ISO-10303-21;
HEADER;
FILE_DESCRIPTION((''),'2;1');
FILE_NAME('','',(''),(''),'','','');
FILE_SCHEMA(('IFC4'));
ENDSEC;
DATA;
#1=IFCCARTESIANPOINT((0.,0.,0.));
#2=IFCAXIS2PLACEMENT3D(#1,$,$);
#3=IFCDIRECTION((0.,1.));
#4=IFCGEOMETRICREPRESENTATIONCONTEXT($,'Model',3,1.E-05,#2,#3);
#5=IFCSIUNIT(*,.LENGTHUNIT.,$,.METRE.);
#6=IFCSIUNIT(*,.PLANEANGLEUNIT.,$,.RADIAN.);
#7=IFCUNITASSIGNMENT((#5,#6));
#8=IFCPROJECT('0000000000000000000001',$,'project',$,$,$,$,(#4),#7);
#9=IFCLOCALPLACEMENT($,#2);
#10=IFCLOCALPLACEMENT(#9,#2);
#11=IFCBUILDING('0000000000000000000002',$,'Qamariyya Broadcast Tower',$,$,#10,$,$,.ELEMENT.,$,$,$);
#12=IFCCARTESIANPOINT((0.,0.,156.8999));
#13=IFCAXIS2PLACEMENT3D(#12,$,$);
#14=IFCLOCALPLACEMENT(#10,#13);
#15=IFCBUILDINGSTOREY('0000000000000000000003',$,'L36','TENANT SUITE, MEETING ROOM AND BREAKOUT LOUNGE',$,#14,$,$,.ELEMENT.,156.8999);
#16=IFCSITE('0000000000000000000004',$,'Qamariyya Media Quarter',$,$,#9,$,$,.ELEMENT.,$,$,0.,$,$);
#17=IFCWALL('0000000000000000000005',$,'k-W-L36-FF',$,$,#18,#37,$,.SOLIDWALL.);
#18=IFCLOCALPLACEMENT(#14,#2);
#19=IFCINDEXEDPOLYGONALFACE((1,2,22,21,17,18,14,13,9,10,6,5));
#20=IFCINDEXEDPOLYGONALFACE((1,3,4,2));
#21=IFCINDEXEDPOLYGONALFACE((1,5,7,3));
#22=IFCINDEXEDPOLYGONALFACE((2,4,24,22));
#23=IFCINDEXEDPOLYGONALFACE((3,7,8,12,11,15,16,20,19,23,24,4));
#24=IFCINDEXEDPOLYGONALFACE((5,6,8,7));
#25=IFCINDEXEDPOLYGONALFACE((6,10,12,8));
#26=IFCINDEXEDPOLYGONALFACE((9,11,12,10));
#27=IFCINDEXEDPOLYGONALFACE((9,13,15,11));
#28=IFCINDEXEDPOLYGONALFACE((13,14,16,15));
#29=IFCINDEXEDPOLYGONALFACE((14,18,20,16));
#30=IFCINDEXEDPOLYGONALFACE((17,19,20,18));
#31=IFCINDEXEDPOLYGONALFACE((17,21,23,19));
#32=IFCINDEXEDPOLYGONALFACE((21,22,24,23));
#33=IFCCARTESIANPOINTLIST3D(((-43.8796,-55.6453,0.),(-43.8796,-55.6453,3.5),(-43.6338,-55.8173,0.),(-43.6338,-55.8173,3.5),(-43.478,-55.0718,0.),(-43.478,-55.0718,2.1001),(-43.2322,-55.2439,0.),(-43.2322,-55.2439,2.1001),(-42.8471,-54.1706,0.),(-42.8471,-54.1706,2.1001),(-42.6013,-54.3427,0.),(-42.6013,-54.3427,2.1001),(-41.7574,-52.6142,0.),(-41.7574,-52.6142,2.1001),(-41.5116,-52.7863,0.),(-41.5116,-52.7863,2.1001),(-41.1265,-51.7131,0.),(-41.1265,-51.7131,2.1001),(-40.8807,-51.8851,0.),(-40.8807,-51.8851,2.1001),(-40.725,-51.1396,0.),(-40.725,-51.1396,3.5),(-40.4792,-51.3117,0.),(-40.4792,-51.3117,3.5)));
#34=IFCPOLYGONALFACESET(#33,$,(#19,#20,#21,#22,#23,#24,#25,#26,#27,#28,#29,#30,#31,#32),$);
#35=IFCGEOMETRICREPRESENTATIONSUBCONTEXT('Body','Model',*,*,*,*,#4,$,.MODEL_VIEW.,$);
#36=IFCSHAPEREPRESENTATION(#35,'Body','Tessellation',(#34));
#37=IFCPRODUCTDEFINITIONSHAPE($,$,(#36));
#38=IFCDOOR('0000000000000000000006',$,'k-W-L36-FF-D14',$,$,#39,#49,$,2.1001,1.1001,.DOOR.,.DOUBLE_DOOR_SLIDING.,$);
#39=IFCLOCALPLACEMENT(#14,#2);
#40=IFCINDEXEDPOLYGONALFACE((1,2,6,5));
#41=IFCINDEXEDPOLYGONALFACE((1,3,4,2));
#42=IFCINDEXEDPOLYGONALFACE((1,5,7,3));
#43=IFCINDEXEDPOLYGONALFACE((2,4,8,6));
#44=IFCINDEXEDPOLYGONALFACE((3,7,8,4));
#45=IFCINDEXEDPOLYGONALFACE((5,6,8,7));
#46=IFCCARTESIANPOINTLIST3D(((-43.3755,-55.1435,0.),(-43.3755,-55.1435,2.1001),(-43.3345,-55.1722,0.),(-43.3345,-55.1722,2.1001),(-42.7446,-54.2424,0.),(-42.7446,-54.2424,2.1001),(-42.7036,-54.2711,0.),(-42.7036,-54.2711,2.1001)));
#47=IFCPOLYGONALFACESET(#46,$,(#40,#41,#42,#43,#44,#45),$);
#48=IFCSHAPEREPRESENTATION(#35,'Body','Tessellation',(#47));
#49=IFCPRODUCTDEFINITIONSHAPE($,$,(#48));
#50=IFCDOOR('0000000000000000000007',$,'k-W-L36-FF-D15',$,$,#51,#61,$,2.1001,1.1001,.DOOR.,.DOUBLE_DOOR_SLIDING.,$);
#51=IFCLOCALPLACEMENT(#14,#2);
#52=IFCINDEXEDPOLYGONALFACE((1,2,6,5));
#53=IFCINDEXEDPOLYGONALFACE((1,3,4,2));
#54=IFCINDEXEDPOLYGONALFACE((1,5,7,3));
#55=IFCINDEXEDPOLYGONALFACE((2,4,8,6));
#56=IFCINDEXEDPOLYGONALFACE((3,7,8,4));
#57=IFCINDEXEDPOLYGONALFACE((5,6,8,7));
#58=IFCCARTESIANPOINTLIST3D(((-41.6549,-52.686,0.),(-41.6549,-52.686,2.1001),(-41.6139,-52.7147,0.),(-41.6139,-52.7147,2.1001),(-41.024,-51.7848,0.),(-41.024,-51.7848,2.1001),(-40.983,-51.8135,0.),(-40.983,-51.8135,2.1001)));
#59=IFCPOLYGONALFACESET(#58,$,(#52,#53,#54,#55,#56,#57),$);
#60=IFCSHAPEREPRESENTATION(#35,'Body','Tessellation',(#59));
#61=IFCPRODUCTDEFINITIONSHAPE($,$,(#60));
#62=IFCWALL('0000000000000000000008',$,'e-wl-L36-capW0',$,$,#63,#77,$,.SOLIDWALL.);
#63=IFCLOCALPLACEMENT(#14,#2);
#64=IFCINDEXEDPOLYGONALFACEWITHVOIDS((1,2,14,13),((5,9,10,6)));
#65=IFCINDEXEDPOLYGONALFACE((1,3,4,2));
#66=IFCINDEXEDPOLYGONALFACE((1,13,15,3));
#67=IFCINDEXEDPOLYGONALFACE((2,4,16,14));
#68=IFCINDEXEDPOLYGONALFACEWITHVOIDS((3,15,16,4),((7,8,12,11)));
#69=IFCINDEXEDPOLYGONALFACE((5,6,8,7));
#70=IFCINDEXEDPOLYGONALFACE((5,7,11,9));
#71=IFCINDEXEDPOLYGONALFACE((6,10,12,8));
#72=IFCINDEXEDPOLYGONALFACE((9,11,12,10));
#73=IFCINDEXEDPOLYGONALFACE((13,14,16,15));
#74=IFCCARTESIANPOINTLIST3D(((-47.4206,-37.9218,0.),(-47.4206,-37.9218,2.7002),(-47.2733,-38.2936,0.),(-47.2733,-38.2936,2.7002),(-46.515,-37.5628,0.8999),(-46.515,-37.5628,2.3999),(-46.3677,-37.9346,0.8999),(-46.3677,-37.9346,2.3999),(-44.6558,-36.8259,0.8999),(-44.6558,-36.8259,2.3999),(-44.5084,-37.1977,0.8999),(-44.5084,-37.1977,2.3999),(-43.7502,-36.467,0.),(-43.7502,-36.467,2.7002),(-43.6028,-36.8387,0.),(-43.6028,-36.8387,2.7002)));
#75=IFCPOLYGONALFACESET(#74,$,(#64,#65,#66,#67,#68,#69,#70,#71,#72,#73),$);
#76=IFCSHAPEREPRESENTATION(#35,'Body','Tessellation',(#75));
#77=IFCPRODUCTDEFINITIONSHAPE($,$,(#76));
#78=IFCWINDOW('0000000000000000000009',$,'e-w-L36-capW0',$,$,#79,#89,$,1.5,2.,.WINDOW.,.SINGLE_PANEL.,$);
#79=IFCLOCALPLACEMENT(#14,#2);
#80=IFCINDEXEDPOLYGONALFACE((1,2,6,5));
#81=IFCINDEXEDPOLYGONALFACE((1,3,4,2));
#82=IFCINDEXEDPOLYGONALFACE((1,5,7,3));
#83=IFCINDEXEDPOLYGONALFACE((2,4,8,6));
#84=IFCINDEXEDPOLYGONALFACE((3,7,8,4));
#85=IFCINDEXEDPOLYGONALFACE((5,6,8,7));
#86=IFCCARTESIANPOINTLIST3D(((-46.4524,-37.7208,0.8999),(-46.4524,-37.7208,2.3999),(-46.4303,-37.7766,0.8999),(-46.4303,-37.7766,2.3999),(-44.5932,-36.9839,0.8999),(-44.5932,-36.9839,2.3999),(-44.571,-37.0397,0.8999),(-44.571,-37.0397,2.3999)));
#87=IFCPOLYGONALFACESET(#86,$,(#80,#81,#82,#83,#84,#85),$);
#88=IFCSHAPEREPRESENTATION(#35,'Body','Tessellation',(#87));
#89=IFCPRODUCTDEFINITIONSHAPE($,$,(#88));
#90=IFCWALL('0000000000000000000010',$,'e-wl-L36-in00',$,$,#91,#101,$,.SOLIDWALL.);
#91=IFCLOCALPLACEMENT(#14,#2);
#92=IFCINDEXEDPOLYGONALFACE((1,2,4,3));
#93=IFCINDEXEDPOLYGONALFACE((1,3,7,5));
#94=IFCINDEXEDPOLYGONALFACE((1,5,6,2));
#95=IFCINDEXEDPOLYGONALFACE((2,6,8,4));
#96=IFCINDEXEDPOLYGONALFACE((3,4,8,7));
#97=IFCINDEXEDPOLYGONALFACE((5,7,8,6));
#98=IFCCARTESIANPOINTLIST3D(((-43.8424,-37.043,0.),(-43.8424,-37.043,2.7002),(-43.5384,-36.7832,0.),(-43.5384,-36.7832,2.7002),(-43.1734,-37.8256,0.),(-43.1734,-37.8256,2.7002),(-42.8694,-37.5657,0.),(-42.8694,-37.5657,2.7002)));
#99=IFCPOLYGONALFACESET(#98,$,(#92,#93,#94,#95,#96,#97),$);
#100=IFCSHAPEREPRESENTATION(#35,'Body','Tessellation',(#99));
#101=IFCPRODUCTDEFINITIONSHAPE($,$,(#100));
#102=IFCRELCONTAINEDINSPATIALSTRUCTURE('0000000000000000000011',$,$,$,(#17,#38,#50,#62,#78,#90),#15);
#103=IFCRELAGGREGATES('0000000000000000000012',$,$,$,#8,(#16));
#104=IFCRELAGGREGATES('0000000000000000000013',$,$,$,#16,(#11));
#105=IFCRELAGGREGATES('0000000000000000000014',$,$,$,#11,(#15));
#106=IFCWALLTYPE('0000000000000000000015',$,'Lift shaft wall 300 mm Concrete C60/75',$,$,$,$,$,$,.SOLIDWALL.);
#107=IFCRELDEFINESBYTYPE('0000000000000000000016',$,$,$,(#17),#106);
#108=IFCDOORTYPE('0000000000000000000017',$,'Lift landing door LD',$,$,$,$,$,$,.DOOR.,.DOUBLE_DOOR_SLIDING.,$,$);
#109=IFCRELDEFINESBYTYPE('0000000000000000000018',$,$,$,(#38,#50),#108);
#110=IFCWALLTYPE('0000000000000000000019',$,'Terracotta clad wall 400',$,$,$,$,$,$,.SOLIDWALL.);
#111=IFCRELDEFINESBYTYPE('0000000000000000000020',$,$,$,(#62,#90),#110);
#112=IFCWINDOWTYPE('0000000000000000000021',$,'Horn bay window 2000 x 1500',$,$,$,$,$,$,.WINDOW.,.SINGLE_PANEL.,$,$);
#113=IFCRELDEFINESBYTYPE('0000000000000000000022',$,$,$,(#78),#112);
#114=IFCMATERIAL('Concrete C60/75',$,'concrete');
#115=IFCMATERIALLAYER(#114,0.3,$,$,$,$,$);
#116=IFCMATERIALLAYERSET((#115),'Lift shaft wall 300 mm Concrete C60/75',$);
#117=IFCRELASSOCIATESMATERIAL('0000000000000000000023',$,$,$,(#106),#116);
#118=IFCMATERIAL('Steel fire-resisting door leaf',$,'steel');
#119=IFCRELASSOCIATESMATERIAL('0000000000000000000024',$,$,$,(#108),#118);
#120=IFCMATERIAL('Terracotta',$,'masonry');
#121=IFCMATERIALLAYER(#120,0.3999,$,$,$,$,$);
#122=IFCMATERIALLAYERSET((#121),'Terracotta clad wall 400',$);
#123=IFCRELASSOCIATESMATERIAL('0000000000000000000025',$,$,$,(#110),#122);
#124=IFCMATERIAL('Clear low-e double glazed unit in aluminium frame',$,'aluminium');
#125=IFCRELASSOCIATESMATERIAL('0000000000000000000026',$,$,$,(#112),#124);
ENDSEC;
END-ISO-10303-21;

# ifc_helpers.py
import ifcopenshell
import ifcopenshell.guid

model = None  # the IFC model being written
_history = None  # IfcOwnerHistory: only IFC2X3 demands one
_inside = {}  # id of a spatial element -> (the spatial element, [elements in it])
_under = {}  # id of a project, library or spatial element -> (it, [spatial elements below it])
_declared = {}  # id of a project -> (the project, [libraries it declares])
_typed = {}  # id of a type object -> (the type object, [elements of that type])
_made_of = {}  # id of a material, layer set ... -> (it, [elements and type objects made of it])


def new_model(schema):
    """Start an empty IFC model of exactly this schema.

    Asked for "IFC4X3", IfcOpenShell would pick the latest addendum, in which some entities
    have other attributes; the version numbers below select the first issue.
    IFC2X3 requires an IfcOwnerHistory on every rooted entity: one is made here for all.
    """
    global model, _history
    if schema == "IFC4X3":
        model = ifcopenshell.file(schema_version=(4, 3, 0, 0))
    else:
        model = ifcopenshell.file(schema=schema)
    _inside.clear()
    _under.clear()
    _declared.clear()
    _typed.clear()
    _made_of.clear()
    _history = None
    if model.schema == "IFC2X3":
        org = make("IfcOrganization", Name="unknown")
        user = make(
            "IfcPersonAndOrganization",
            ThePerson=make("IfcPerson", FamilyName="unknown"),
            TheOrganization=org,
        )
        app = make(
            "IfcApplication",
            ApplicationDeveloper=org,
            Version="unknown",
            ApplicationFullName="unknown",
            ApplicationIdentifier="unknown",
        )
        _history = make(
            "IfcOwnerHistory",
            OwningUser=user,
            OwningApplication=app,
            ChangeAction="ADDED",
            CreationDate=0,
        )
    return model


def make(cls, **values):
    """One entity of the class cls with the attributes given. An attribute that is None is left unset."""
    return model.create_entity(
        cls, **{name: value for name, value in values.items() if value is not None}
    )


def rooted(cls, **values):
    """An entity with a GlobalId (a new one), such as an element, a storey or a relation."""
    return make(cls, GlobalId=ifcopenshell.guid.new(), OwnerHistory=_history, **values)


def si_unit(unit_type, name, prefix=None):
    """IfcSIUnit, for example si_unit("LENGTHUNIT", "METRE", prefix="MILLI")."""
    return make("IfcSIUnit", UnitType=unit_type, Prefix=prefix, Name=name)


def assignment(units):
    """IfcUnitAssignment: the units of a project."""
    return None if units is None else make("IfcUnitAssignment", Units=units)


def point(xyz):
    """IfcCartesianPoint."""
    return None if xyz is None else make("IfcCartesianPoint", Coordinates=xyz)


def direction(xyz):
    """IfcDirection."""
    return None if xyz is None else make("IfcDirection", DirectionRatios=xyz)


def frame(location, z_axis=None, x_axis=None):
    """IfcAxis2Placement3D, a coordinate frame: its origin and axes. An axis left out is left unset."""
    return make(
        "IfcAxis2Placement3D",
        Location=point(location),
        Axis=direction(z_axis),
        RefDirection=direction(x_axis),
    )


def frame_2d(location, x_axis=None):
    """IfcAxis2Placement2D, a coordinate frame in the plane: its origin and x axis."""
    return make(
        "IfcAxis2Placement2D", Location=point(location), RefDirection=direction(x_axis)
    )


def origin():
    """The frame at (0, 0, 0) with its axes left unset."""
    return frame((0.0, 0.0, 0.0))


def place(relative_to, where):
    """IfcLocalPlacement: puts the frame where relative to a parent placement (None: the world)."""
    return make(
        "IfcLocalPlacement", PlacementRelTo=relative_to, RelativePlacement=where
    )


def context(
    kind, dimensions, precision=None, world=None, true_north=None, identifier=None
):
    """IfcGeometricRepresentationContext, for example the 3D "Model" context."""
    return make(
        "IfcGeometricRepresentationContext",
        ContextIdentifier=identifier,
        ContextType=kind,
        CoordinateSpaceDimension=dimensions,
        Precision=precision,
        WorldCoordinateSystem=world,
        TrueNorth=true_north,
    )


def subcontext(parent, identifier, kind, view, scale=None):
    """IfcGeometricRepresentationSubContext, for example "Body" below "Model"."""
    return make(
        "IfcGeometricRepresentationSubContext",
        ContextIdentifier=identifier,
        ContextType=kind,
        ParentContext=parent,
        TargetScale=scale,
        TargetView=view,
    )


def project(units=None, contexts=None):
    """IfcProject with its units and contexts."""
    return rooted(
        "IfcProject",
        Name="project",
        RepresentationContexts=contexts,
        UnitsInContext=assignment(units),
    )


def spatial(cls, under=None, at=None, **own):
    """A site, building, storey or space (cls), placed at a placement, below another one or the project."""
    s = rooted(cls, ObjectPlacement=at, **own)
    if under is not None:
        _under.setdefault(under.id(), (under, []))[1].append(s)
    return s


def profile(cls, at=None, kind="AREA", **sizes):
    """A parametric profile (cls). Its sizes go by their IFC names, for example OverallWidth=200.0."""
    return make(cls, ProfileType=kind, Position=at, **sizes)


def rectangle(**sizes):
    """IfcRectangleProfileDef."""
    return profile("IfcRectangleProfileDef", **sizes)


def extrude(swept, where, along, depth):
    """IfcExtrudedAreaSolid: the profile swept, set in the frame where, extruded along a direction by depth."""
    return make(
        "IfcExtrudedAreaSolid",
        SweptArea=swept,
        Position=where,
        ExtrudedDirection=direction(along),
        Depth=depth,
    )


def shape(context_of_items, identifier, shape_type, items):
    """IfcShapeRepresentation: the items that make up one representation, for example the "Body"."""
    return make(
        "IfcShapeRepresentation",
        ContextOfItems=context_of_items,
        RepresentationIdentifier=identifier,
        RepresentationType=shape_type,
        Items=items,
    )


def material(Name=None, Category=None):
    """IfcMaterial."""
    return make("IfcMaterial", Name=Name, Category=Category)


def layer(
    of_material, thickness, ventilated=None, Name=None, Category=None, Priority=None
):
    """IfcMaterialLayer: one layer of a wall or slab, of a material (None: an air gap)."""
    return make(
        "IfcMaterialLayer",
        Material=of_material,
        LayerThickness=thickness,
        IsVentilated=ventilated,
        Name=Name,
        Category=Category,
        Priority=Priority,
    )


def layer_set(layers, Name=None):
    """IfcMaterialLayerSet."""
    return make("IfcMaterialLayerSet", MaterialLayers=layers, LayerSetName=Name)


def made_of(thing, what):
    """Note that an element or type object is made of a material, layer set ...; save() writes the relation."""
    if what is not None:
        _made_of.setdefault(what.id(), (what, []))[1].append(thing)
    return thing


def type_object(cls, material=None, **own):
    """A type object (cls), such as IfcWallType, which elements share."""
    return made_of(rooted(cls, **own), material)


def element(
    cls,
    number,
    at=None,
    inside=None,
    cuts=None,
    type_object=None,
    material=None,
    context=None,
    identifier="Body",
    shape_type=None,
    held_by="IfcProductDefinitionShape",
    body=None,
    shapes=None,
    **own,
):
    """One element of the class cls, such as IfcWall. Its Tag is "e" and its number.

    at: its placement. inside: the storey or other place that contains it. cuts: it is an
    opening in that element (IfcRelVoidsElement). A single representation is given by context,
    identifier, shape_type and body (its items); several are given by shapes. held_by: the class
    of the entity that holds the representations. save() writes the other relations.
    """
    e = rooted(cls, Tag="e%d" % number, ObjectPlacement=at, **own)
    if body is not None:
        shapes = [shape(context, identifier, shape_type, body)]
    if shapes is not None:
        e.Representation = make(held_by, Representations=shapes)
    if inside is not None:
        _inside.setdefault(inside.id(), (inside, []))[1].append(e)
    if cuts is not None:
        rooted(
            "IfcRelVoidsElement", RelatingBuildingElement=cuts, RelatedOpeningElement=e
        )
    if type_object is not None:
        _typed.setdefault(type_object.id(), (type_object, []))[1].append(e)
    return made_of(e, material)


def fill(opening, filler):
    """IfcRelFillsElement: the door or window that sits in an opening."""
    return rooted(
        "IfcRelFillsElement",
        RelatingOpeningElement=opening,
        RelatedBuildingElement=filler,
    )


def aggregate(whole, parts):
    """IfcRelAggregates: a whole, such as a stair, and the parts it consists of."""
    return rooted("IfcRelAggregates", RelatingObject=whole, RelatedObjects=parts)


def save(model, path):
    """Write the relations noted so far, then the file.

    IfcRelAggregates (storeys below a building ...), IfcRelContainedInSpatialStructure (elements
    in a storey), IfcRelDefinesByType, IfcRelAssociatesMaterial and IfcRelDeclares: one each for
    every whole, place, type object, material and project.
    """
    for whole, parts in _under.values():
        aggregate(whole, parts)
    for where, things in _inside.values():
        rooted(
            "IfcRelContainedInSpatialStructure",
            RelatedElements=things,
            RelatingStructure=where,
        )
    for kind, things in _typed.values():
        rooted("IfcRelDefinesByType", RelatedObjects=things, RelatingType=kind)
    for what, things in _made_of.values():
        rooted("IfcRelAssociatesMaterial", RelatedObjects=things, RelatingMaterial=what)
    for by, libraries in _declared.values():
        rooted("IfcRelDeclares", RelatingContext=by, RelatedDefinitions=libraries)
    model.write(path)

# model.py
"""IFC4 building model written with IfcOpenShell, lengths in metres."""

from ifc_helpers import new_model, si_unit, direction, frame, frame_2d, origin, place, context, subcontext, project, spatial, rectangle, extrude, material, layer, layer_set, type_object, element, fill, save


model = new_model("IFC4")

# Units and contexts
model_context = context("Model", 3, precision=1e-05, world=origin(), true_north=direction((0.0, 1.0)))
body_context = subcontext(model_context, "Body", "Model", "MODEL_VIEW")
ifc_project = project(units=[si_unit("LENGTHUNIT", "METRE"), si_unit("PLANEANGLEUNIT", "RADIAN")], contexts=[model_context])

# Site, building, storey
site_placement = place(None, origin())
site = spatial("IfcSite", under=ifc_project, at=site_placement, Name="Qamariyya Media Quarter", CompositionType="ELEMENT", RefElevation=0.0)
building_placement = place(site_placement, origin())
building = spatial("IfcBuilding", under=site, at=building_placement, Name="Qamariyya Broadcast Tower", CompositionType="ELEMENT")
storey_placement = place(building_placement, frame((0.0, 0.0, 156.8999)))
storey = spatial("IfcBuildingStorey", under=building, at=storey_placement, Name="L36", Description="TENANT SUITE, MEETING ROOM AND BREAKOUT LOUNGE", CompositionType="ELEMENT", Elevation=156.8999)

# Shared definitions
ifc_material_1 = material(Name="Concrete C60/75", Category="concrete")

# Shared definitions
ifc_layer_1 = layer(ifc_material_1, 0.3)
ifc_layer_set_1 = layer_set([ifc_layer_1], Name="Lift shaft wall 300 mm Concrete C60/75")
wall_type_1 = type_object("IfcWallType", Name="Lift shaft wall 300 mm Concrete C60/75", PredefinedType="SOLIDWALL", material=ifc_layer_set_1)
ifc_material_2 = material(Name="Steel fire-resisting door leaf", Category="steel")

# Wall, openings, doors
wall_1_placement = place(storey_placement, frame((-43.7566, -55.7312, 0.0), z_axis=(0.0, 0.0, 1.0), x_axis=(0.573537, 0.81918, 0.0)))
wall_1 = element("IfcWall", 1, at=wall_1_placement, inside=storey, type_object=wall_type_1, Name="k-W-L36-FF", PredefinedType="SOLIDWALL", context=body_context, shape_type="SweptSolid", body=[
    extrude(rectangle(XDim=5.5002, YDim=0.3, at=frame_2d((2.75, 0.0))), origin(), (0.0, 0.0, 1.0), 3.5),
])
opening_1_placement = place(wall_1_placement, frame((0.7, 0.0, 0.0)))
opening_1 = element("IfcOpeningElement", 2, at=opening_1_placement, cuts=wall_1, PredefinedType="OPENING", context=body_context, shape_type="SweptSolid", body=[
    extrude(rectangle(XDim=1.1001, YDim=2.1001, at=frame_2d((0.55, 1.05))), frame((0.0, 0.1599, 0.0), z_axis=(0.0, -1.0, 0.0), x_axis=(1.0, 0.0, 0.0)), (0.0, 0.0, 1.0), 0.3201),
])
opening_2_placement = place(wall_1_placement, frame((3.7, 0.0, 0.0)))
opening_2 = element("IfcOpeningElement", 3, at=opening_2_placement, cuts=wall_1, PredefinedType="OPENING", context=body_context, shape_type="SweptSolid", body=[
    extrude(rectangle(XDim=1.1001, YDim=2.1001, at=frame_2d((0.55, 1.05))), frame((0.0, 0.1599, 0.0), z_axis=(0.0, -1.0, 0.0), x_axis=(1.0, 0.0, 0.0)), (0.0, 0.0, 1.0), 0.3201),
])
door_type_1 = type_object("IfcDoorType", Name="Lift landing door LD", OperationType="DOUBLE_DOOR_SLIDING", PredefinedType="DOOR", material=ifc_material_2)
door_1_placement = place(opening_1_placement, origin())
door_1 = element("IfcDoor", 4, at=door_1_placement, inside=storey, type_object=door_type_1, Name="k-W-L36-FF-D14", OperationType="DOUBLE_DOOR_SLIDING", OverallHeight=2.1001, OverallWidth=1.1001, PredefinedType="DOOR", context=body_context, shape_type="SweptSolid", body=[
    extrude(rectangle(XDim=1.1001, YDim=2.1001, at=frame_2d((0.55, 1.05))), frame((0.0, 0.0249, 0.0), z_axis=(0.0, -1.0, 0.0), x_axis=(1.0, 0.0, 0.0)), (0.0, 0.0, 1.0), 0.05),
])
fill(opening_1, door_1)
door_2_placement = place(opening_2_placement, origin())
door_2 = element("IfcDoor", 5, at=door_2_placement, inside=storey, type_object=door_type_1, Name="k-W-L36-FF-D15", OperationType="DOUBLE_DOOR_SLIDING", OverallHeight=2.1001, OverallWidth=1.1001, PredefinedType="DOOR", context=body_context, shape_type="SweptSolid", body=[
    extrude(rectangle(XDim=1.1001, YDim=2.1001, at=frame_2d((0.55, 1.05))), frame((0.0, 0.0249, 0.0), z_axis=(0.0, -1.0, 0.0), x_axis=(1.0, 0.0, 0.0)), (0.0, 0.0, 1.0), 0.05),
])
fill(opening_2, door_2)

# Wall, opening, window
ifc_material_3 = material(Name="Terracotta", Category="masonry")
ifc_layer_2 = layer(ifc_material_3, 0.3999)
ifc_layer_set_2 = layer_set([ifc_layer_2], Name="Terracotta clad wall 400")
wall_type_2 = type_object("IfcWallType", Name="Terracotta clad wall 400", PredefinedType="SOLIDWALL", material=ifc_layer_set_2)
wall_2_placement = place(storey_placement, frame((-43.6765, -36.6528, 0.0), z_axis=(0.0, 0.0, 1.0), x_axis=(-0.929636, -0.368478, 0.0)))
wall_2 = element("IfcWall", 6, at=wall_2_placement, inside=storey, type_object=wall_type_2, Name="e-wl-L36-capW0", PredefinedType="SOLIDWALL", context=body_context, shape_type="SweptSolid", body=[
    extrude(rectangle(XDim=3.9482, YDim=0.3999, at=frame_2d((1.9741, 0.0))), origin(), (0.0, 0.0, 1.0), 2.7002),
])
opening_3_placement = place(wall_2_placement, frame((0.9741, 0.0, 0.8999)))
opening_3 = element("IfcOpeningElement", 7, at=opening_3_placement, cuts=wall_2, PredefinedType="OPENING", context=body_context, shape_type="SweptSolid", body=[
    extrude(rectangle(XDim=2.0, YDim=1.5, at=frame_2d((1.0, 0.75))), frame((0.0, 0.21, 0.0), z_axis=(0.0, -1.0, 0.0), x_axis=(1.0, 0.0, 0.0)), (0.0, 0.0, 1.0), 0.4199),
])
ifc_material_4 = material(Name="Clear low-e double glazed unit in aluminium frame", Category="aluminium")
window_type = type_object("IfcWindowType", Name="Horn bay window 2000 x 1500", PartitioningType="SINGLE_PANEL", PredefinedType="WINDOW", material=ifc_material_4)
window_placement = place(opening_3_placement, origin())
window = element("IfcWindow", 8, at=window_placement, inside=storey, type_object=window_type, Name="e-w-L36-capW0", OverallHeight=1.5, OverallWidth=2.0, PartitioningType="SINGLE_PANEL", PredefinedType="WINDOW", context=body_context, shape_type="SweptSolid", body=[
    extrude(rectangle(XDim=2.0, YDim=1.5, at=frame_2d((1.0, 0.75))), frame((0.0, 0.03, 0.0), z_axis=(0.0, -1.0, 0.0), x_axis=(1.0, 0.0, 0.0)), (0.0, 0.0, 1.0), 0.0601),
])
fill(opening_3, window)

# Wall
wall_3_placement = place(storey_placement, frame((-43.0215, -37.6956, 0.0), z_axis=(0.0, 0.0, 1.0), x_axis=(-0.649814, 0.760093, 0.0)))
element("IfcWall", 9, at=wall_3_placement, inside=storey, type_object=wall_type_2, Name="e-wl-L36-in00", PredefinedType="SOLIDWALL", context=body_context, shape_type="SweptSolid", body=[
    extrude(rectangle(XDim=1.0295, YDim=0.3999, at=frame_2d((0.5146, 0.0))), origin(), (0.0, 0.0, 1.0), 2.7002),
])

save(model, "model.ifc")
